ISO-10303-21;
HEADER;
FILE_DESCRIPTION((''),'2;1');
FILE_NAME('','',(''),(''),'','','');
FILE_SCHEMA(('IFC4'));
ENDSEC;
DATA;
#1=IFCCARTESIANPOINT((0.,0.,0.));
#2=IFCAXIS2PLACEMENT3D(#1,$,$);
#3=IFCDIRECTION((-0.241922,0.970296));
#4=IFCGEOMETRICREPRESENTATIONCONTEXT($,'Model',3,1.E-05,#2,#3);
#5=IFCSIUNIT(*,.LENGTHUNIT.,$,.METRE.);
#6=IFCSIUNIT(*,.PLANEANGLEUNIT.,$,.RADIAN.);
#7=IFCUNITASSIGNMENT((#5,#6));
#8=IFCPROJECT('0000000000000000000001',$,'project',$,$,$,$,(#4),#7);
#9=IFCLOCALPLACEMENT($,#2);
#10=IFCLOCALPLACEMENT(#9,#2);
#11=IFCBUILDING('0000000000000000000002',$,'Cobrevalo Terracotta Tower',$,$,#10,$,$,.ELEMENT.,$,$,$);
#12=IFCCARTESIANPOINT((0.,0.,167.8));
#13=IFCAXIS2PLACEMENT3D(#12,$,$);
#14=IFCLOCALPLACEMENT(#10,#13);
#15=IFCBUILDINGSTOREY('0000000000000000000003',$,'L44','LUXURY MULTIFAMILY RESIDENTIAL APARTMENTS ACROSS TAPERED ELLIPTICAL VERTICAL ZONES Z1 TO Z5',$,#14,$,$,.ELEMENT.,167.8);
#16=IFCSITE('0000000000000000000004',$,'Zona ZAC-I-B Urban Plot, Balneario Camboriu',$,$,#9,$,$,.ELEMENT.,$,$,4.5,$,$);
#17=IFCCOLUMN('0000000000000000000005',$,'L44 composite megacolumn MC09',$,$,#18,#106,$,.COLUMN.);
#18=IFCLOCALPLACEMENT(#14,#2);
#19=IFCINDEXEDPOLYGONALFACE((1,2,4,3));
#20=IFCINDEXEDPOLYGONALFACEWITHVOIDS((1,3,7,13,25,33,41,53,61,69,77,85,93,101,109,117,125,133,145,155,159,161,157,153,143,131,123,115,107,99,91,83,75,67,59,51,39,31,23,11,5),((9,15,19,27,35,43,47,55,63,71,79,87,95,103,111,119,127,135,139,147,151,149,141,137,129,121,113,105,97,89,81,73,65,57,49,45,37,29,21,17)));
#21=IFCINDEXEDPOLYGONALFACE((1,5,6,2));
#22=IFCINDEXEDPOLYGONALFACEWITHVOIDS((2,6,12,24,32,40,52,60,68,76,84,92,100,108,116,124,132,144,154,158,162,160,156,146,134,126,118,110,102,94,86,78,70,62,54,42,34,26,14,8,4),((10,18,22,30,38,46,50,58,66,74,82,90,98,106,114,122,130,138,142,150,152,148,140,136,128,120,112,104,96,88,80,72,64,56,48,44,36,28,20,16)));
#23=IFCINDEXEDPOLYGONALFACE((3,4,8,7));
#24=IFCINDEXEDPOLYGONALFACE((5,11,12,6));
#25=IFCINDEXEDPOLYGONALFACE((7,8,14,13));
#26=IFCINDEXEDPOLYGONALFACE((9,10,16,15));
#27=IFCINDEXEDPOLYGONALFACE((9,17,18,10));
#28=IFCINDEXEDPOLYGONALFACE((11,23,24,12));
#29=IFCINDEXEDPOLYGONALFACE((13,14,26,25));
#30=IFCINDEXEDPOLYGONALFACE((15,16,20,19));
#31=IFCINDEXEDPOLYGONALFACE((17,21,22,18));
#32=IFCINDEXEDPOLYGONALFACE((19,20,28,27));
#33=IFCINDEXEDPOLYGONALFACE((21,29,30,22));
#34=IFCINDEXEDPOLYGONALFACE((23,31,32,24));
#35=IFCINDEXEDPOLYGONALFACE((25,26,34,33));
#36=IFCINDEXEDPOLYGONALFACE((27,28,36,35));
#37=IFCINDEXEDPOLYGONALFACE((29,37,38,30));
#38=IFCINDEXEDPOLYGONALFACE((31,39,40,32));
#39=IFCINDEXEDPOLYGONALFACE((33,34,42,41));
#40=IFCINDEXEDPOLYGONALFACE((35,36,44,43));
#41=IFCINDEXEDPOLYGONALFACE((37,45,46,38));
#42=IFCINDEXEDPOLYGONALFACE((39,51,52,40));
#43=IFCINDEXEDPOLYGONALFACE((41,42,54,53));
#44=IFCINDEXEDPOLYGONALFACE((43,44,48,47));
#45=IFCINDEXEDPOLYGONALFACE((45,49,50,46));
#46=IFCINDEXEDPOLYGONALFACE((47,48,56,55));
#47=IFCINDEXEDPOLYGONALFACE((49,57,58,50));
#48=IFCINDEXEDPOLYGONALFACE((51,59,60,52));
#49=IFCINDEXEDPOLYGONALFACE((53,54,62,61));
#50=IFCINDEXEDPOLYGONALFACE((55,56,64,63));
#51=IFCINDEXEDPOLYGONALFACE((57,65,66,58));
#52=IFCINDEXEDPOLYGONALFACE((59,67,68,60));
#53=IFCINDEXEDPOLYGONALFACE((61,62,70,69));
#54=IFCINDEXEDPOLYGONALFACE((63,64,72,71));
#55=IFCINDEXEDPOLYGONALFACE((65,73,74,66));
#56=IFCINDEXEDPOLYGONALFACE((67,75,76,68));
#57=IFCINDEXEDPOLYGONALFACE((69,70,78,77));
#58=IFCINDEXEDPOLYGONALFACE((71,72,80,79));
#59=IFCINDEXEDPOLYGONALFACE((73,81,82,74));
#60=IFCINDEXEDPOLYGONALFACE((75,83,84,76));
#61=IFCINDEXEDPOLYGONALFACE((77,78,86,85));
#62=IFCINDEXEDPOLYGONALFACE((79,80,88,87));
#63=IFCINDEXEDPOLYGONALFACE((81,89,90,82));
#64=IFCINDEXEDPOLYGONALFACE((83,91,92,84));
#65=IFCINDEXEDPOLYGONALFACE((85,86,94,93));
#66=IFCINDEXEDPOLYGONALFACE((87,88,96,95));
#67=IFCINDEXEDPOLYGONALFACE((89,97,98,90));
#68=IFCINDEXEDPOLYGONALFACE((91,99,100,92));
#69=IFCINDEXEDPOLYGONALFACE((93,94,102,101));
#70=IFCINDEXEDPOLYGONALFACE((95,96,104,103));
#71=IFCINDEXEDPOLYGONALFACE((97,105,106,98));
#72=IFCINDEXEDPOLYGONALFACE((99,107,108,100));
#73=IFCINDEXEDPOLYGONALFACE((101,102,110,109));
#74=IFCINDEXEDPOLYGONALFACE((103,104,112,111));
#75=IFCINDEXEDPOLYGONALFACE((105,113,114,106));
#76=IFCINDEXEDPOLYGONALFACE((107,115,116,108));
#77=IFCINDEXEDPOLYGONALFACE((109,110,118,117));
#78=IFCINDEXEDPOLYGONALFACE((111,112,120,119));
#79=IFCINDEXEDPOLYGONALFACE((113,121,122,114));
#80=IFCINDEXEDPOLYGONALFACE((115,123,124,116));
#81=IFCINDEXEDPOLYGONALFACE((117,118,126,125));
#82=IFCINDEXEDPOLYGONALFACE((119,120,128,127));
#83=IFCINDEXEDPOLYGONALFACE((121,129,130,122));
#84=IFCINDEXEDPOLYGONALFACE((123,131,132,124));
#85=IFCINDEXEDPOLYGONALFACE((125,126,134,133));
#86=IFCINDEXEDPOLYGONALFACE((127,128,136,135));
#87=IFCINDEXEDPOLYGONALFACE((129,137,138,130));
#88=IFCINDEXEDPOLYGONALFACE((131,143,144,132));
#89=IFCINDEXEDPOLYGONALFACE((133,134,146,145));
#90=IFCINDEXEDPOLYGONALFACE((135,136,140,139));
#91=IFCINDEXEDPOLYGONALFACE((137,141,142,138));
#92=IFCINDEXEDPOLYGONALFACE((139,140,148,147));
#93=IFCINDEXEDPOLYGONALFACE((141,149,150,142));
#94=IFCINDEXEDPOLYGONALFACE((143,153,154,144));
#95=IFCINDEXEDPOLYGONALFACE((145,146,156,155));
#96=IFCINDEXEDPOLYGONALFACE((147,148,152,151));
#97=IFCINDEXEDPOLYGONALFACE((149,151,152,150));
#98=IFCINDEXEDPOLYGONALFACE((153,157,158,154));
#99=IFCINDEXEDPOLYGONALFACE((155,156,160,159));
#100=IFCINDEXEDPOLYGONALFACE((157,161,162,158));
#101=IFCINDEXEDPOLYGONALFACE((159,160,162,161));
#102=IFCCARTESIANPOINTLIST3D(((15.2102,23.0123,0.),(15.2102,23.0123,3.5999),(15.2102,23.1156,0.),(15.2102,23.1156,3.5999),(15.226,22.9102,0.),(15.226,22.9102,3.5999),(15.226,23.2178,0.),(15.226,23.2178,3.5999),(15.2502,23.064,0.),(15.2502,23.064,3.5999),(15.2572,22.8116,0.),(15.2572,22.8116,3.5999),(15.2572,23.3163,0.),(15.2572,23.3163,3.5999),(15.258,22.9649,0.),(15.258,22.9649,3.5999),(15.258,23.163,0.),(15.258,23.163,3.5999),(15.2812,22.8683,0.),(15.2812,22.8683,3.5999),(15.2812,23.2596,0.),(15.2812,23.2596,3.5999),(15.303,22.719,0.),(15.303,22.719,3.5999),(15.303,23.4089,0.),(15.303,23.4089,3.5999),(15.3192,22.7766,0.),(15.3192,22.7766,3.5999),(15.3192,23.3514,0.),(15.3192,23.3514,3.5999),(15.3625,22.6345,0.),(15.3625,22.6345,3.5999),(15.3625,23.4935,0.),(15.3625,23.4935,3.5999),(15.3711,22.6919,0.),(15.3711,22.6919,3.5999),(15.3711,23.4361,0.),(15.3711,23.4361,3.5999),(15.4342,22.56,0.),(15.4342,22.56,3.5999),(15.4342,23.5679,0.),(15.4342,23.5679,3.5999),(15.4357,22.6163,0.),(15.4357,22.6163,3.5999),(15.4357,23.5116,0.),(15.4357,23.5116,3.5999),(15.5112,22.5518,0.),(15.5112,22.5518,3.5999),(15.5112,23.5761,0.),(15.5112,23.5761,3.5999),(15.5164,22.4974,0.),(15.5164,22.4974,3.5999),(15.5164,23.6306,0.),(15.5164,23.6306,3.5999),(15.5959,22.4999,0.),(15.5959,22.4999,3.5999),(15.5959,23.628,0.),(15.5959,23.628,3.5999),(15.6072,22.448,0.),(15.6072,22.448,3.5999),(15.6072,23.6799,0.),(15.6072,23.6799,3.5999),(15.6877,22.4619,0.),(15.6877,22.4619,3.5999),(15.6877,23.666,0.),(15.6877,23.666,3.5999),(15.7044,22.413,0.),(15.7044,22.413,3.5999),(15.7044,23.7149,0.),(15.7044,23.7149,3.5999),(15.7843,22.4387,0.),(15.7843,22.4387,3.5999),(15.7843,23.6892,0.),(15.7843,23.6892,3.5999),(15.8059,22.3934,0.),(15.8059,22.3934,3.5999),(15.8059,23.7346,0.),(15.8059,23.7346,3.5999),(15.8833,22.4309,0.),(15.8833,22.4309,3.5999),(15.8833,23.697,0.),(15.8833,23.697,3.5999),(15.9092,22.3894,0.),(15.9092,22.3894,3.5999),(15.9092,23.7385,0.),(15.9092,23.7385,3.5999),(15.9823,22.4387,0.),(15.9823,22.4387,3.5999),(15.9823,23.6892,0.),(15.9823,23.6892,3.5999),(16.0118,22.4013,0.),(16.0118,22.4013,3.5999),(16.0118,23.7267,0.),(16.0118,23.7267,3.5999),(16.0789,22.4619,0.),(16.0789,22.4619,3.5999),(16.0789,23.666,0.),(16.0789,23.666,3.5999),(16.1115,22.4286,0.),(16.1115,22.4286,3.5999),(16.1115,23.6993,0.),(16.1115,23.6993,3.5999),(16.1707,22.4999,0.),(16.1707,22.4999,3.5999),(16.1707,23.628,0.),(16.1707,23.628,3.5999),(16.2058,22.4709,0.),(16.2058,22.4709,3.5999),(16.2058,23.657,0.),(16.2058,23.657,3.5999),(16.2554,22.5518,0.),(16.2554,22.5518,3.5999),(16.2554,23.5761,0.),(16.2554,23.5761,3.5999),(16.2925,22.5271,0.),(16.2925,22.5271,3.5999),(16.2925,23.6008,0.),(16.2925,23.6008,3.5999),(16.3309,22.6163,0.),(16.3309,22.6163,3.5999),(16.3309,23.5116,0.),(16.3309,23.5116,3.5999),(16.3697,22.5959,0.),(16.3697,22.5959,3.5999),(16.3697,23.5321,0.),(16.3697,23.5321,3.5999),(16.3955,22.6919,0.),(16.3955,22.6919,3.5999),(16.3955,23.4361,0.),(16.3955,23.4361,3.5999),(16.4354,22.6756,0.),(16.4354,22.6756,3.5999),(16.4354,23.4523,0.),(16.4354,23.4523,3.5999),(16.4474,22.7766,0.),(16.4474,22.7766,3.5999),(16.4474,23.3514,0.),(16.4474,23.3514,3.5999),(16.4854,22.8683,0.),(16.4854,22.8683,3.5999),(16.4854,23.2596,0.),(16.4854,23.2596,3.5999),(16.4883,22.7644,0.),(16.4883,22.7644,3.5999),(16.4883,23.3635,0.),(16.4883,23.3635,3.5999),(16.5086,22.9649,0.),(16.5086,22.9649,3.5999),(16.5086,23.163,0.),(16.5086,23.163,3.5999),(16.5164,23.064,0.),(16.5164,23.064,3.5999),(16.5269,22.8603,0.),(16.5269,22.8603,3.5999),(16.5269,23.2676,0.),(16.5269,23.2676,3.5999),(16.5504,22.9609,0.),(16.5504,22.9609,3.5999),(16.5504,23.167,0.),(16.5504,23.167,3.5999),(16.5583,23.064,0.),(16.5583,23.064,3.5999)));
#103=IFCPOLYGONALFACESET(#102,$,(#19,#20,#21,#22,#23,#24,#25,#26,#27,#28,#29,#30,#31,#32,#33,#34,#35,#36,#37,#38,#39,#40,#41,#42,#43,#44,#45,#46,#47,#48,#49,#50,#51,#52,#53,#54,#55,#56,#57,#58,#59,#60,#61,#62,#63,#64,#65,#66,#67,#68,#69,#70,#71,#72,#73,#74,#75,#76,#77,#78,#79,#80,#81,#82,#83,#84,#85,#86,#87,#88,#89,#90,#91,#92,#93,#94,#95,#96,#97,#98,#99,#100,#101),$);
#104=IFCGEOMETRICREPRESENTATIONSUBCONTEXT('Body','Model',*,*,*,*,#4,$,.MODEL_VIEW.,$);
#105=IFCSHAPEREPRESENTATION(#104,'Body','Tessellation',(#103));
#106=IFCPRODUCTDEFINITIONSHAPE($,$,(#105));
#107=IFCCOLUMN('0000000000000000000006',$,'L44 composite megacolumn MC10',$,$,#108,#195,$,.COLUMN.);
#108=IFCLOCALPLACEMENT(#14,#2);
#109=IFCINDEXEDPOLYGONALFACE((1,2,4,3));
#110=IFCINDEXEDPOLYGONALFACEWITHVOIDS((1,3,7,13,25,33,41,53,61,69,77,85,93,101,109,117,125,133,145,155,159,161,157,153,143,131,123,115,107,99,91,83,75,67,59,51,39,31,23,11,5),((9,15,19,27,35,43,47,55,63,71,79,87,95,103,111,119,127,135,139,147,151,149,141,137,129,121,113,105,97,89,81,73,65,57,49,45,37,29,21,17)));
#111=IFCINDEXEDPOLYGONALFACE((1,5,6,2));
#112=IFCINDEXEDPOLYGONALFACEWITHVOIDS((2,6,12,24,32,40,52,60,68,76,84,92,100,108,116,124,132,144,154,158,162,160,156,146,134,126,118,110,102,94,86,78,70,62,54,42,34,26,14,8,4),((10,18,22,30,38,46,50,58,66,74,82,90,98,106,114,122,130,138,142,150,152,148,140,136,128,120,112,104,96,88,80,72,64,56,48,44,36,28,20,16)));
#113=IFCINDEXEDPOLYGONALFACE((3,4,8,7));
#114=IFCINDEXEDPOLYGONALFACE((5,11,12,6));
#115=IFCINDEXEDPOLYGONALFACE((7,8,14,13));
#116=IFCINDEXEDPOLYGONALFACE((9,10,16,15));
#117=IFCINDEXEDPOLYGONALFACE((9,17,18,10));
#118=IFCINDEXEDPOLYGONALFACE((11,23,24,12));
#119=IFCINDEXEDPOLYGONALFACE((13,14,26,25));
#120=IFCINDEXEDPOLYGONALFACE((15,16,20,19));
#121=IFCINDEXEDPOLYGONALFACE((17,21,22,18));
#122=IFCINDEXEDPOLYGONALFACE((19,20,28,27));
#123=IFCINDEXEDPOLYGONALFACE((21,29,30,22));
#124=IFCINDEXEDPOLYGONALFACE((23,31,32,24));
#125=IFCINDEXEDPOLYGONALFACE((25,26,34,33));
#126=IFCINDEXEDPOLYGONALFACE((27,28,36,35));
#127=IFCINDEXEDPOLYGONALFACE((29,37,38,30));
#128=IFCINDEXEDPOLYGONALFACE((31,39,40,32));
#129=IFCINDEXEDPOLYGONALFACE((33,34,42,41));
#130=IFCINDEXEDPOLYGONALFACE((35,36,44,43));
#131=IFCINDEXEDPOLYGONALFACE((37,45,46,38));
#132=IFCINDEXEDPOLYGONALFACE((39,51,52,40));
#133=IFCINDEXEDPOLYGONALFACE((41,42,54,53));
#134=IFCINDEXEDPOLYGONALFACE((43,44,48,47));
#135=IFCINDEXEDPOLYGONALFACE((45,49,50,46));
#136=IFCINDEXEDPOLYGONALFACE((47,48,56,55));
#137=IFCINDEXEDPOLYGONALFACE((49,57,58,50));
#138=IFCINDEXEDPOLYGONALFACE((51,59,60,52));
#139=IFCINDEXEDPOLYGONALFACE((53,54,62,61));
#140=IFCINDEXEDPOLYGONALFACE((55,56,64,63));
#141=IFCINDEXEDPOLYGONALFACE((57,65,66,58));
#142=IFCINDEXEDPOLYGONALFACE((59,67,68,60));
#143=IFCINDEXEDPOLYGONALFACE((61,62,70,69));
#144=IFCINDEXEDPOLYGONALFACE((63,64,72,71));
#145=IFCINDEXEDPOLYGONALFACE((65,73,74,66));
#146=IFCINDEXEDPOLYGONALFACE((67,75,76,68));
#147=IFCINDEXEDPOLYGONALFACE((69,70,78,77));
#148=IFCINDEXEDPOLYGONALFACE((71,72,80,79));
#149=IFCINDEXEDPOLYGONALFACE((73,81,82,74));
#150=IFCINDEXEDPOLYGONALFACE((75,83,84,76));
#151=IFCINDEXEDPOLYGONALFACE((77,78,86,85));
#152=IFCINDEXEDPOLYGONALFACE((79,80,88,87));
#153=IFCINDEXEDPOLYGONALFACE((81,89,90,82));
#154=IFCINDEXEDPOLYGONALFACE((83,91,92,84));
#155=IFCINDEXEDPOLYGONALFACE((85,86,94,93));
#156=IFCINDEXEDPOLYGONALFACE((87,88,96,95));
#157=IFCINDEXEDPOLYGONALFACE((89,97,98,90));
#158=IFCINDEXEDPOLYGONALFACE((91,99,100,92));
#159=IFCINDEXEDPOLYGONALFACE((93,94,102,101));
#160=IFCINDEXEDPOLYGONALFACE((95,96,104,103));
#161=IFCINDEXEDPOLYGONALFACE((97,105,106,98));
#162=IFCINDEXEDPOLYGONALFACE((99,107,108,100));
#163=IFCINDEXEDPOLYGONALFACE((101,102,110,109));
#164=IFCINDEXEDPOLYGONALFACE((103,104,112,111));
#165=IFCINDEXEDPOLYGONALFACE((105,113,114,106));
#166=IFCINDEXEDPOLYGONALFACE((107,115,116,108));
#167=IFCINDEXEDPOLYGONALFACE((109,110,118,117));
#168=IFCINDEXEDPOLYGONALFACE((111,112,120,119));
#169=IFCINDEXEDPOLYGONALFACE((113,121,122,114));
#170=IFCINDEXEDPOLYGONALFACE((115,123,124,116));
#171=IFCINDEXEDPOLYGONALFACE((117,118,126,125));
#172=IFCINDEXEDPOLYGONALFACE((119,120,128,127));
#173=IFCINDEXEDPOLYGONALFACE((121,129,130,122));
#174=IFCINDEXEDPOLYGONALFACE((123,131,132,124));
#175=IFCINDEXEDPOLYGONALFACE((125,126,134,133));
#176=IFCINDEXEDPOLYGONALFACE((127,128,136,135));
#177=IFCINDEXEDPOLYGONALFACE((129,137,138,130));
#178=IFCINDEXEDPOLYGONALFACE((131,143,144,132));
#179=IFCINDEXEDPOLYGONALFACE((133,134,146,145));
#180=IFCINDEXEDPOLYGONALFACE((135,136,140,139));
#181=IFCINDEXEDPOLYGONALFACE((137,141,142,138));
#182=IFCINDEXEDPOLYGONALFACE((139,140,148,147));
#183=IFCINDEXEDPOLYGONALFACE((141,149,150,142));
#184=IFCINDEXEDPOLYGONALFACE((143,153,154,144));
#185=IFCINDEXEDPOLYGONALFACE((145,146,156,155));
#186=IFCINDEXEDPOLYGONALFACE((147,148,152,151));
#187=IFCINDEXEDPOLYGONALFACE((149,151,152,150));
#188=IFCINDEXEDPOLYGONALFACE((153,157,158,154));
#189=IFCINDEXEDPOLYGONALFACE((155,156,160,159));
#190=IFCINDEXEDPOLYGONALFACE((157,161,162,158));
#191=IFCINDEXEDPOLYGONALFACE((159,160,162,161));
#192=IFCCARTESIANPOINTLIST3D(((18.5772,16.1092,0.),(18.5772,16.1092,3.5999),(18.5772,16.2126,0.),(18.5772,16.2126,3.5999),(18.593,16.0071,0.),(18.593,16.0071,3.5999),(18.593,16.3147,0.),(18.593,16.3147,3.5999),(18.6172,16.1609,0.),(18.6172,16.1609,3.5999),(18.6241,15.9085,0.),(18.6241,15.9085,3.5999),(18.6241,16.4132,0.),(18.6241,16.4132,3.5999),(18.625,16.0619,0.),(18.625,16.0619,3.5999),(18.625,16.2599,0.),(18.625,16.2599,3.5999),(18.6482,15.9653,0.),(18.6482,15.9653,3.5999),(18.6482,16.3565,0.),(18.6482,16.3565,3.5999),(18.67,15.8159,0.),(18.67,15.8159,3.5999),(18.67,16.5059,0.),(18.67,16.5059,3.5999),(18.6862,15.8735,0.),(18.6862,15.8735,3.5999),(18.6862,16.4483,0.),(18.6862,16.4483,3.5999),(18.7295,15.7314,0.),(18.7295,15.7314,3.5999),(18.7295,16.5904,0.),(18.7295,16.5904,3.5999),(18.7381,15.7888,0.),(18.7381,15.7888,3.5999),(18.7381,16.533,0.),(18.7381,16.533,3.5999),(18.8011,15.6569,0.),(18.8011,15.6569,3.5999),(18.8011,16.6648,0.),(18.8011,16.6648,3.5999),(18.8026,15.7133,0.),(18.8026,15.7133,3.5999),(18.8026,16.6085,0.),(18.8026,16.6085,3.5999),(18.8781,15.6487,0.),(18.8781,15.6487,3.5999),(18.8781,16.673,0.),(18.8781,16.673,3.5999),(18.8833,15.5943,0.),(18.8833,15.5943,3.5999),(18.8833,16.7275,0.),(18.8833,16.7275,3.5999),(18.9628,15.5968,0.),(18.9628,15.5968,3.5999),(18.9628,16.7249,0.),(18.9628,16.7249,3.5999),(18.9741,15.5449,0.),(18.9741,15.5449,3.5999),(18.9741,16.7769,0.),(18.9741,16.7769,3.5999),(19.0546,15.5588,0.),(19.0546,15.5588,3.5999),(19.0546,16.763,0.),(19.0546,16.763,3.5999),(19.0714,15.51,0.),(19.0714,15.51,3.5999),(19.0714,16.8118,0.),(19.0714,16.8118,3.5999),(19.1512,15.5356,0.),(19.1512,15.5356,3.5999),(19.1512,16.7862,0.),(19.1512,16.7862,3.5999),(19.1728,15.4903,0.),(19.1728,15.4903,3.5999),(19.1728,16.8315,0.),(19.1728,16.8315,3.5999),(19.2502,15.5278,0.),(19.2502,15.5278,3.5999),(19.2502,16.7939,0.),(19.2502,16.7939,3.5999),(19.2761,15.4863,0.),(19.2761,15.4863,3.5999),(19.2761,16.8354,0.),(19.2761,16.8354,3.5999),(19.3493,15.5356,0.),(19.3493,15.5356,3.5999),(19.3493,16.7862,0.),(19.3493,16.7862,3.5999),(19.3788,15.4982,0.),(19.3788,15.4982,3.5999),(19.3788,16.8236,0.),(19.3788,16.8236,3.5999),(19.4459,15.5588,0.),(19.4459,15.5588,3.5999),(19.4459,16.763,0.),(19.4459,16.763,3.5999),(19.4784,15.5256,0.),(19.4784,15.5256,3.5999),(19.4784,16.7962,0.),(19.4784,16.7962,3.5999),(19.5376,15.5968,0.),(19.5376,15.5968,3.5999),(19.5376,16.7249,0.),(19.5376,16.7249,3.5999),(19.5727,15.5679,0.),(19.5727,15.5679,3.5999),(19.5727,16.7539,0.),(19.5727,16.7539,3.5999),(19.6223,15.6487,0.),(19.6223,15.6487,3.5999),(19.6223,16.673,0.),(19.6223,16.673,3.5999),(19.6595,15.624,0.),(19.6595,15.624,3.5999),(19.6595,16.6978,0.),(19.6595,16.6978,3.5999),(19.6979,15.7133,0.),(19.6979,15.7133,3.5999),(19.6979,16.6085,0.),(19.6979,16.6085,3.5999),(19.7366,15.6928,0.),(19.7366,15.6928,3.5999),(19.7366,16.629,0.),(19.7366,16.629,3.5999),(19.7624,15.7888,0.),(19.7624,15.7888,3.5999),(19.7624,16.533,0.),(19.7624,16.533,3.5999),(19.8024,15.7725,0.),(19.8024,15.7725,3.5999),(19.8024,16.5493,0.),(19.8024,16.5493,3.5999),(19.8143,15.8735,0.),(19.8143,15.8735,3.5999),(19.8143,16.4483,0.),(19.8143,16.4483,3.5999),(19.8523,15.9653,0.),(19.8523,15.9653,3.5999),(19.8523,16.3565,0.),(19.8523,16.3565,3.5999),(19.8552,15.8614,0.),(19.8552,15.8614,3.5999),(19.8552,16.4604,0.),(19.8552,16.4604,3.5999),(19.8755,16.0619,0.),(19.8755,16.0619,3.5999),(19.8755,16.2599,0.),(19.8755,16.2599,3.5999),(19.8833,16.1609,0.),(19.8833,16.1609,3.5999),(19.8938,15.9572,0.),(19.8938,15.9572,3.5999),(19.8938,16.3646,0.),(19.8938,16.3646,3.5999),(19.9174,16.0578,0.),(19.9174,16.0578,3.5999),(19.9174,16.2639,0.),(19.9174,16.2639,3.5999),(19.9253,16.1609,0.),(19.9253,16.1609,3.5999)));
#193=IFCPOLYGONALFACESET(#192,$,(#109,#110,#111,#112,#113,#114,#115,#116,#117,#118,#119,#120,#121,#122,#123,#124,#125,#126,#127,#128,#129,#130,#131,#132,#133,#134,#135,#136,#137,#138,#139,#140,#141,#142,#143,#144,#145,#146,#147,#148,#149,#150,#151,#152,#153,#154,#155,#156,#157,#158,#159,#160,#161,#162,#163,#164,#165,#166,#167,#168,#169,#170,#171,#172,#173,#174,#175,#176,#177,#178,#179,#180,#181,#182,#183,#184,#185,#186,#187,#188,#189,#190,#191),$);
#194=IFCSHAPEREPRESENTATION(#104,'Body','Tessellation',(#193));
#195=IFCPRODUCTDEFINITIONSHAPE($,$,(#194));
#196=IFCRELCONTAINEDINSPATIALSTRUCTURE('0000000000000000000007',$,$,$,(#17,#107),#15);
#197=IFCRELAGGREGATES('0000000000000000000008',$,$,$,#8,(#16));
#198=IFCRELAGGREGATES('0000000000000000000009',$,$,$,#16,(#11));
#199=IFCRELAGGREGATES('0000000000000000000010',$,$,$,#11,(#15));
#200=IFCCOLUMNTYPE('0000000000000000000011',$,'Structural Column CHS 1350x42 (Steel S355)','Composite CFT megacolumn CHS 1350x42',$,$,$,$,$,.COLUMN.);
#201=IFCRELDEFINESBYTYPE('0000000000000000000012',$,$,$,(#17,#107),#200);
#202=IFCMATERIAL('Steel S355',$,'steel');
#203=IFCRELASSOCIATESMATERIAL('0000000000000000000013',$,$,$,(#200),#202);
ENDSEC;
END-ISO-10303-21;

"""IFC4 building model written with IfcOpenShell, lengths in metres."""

from ifc_helpers import new_model, si_unit, direction, frame, origin, origin_2d, place, context, subcontext, project, spatial, hollow_circle, extrude, material, material_profile, profile_set, type_object, element, save


model = new_model("IFC4")

# Units and contexts
model_context = context("Model", 3, precision=1e-05, world=origin(), true_north=direction((-0.241922, 0.970296)))
body_context = subcontext(model_context, "Body", "Model", "MODEL_VIEW")
ifc_project = project(units=[si_unit("LENGTHUNIT", "METRE"), si_unit("PLANEANGLEUNIT", "RADIAN")], contexts=[model_context])

# Site, building, storey
site_placement = place(None, origin())
site = spatial("IfcSite", under=ifc_project, at=site_placement, Name="Zona ZAC-I-B Urban Plot, Balneario Camboriu", CompositionType="ELEMENT", RefElevation=4.5)
building_placement = place(site_placement, origin())
building = spatial("IfcBuilding", under=site, at=building_placement, Name="Cobrevalo Terracotta Tower", CompositionType="ELEMENT")
storey_placement = place(building_placement, frame((0.0, 0.0, 167.8)))
storey = spatial("IfcBuildingStorey", under=building, at=storey_placement, Name="L44", Description="LUXURY MULTIFAMILY RESIDENTIAL APARTMENTS ACROSS TAPERED ELLIPTICAL VERTICAL ZONES Z1 TO Z5", CompositionType="ELEMENT", Elevation=167.8)

# Columns
ifc_material_1 = material(Name="Steel S355", Category="steel")
ifc_material_profile_1 = material_profile(ifc_material_1, hollow_circle(Radius=0.675, WallThickness=0.042, at=origin_2d()), Name="CHS 1350x42")
ifc_profile_set_1 = profile_set([ifc_material_profile_1], Name="Steel S355")
column_type = type_object("IfcColumnType", Name="Structural Column CHS 1350x42 (Steel S355)", Description="Composite CFT megacolumn CHS 1350x42", PredefinedType="COLUMN", material=ifc_profile_set_1)
for number, where, z_axis, x_axis, name in (
    (1, (15.8833, 23.064, 0.0), (0.0, 0.0, 1.0), (1.0, 0.0, 0.0), "L44 composite megacolumn MC09"),
    (2, (19.2502, 16.1609, 0.0), (0.0, 0.0, 1.0), (1.0, 0.0, 0.0), "L44 composite megacolumn MC10"),
):
    element("IfcColumn", number, at=place(storey_placement, frame(where, z_axis=z_axis, x_axis=x_axis)), inside=storey, type_object=column_type, Name=name, PredefinedType="COLUMN", context=body_context, shape_type="SweptSolid", body=[
        extrude(hollow_circle(Radius=0.675, WallThickness=0.042, at=origin_2d()), origin(), (0.0, 0.0, 1.0), 3.5999),
    ])

save(model, "model.ifc")
